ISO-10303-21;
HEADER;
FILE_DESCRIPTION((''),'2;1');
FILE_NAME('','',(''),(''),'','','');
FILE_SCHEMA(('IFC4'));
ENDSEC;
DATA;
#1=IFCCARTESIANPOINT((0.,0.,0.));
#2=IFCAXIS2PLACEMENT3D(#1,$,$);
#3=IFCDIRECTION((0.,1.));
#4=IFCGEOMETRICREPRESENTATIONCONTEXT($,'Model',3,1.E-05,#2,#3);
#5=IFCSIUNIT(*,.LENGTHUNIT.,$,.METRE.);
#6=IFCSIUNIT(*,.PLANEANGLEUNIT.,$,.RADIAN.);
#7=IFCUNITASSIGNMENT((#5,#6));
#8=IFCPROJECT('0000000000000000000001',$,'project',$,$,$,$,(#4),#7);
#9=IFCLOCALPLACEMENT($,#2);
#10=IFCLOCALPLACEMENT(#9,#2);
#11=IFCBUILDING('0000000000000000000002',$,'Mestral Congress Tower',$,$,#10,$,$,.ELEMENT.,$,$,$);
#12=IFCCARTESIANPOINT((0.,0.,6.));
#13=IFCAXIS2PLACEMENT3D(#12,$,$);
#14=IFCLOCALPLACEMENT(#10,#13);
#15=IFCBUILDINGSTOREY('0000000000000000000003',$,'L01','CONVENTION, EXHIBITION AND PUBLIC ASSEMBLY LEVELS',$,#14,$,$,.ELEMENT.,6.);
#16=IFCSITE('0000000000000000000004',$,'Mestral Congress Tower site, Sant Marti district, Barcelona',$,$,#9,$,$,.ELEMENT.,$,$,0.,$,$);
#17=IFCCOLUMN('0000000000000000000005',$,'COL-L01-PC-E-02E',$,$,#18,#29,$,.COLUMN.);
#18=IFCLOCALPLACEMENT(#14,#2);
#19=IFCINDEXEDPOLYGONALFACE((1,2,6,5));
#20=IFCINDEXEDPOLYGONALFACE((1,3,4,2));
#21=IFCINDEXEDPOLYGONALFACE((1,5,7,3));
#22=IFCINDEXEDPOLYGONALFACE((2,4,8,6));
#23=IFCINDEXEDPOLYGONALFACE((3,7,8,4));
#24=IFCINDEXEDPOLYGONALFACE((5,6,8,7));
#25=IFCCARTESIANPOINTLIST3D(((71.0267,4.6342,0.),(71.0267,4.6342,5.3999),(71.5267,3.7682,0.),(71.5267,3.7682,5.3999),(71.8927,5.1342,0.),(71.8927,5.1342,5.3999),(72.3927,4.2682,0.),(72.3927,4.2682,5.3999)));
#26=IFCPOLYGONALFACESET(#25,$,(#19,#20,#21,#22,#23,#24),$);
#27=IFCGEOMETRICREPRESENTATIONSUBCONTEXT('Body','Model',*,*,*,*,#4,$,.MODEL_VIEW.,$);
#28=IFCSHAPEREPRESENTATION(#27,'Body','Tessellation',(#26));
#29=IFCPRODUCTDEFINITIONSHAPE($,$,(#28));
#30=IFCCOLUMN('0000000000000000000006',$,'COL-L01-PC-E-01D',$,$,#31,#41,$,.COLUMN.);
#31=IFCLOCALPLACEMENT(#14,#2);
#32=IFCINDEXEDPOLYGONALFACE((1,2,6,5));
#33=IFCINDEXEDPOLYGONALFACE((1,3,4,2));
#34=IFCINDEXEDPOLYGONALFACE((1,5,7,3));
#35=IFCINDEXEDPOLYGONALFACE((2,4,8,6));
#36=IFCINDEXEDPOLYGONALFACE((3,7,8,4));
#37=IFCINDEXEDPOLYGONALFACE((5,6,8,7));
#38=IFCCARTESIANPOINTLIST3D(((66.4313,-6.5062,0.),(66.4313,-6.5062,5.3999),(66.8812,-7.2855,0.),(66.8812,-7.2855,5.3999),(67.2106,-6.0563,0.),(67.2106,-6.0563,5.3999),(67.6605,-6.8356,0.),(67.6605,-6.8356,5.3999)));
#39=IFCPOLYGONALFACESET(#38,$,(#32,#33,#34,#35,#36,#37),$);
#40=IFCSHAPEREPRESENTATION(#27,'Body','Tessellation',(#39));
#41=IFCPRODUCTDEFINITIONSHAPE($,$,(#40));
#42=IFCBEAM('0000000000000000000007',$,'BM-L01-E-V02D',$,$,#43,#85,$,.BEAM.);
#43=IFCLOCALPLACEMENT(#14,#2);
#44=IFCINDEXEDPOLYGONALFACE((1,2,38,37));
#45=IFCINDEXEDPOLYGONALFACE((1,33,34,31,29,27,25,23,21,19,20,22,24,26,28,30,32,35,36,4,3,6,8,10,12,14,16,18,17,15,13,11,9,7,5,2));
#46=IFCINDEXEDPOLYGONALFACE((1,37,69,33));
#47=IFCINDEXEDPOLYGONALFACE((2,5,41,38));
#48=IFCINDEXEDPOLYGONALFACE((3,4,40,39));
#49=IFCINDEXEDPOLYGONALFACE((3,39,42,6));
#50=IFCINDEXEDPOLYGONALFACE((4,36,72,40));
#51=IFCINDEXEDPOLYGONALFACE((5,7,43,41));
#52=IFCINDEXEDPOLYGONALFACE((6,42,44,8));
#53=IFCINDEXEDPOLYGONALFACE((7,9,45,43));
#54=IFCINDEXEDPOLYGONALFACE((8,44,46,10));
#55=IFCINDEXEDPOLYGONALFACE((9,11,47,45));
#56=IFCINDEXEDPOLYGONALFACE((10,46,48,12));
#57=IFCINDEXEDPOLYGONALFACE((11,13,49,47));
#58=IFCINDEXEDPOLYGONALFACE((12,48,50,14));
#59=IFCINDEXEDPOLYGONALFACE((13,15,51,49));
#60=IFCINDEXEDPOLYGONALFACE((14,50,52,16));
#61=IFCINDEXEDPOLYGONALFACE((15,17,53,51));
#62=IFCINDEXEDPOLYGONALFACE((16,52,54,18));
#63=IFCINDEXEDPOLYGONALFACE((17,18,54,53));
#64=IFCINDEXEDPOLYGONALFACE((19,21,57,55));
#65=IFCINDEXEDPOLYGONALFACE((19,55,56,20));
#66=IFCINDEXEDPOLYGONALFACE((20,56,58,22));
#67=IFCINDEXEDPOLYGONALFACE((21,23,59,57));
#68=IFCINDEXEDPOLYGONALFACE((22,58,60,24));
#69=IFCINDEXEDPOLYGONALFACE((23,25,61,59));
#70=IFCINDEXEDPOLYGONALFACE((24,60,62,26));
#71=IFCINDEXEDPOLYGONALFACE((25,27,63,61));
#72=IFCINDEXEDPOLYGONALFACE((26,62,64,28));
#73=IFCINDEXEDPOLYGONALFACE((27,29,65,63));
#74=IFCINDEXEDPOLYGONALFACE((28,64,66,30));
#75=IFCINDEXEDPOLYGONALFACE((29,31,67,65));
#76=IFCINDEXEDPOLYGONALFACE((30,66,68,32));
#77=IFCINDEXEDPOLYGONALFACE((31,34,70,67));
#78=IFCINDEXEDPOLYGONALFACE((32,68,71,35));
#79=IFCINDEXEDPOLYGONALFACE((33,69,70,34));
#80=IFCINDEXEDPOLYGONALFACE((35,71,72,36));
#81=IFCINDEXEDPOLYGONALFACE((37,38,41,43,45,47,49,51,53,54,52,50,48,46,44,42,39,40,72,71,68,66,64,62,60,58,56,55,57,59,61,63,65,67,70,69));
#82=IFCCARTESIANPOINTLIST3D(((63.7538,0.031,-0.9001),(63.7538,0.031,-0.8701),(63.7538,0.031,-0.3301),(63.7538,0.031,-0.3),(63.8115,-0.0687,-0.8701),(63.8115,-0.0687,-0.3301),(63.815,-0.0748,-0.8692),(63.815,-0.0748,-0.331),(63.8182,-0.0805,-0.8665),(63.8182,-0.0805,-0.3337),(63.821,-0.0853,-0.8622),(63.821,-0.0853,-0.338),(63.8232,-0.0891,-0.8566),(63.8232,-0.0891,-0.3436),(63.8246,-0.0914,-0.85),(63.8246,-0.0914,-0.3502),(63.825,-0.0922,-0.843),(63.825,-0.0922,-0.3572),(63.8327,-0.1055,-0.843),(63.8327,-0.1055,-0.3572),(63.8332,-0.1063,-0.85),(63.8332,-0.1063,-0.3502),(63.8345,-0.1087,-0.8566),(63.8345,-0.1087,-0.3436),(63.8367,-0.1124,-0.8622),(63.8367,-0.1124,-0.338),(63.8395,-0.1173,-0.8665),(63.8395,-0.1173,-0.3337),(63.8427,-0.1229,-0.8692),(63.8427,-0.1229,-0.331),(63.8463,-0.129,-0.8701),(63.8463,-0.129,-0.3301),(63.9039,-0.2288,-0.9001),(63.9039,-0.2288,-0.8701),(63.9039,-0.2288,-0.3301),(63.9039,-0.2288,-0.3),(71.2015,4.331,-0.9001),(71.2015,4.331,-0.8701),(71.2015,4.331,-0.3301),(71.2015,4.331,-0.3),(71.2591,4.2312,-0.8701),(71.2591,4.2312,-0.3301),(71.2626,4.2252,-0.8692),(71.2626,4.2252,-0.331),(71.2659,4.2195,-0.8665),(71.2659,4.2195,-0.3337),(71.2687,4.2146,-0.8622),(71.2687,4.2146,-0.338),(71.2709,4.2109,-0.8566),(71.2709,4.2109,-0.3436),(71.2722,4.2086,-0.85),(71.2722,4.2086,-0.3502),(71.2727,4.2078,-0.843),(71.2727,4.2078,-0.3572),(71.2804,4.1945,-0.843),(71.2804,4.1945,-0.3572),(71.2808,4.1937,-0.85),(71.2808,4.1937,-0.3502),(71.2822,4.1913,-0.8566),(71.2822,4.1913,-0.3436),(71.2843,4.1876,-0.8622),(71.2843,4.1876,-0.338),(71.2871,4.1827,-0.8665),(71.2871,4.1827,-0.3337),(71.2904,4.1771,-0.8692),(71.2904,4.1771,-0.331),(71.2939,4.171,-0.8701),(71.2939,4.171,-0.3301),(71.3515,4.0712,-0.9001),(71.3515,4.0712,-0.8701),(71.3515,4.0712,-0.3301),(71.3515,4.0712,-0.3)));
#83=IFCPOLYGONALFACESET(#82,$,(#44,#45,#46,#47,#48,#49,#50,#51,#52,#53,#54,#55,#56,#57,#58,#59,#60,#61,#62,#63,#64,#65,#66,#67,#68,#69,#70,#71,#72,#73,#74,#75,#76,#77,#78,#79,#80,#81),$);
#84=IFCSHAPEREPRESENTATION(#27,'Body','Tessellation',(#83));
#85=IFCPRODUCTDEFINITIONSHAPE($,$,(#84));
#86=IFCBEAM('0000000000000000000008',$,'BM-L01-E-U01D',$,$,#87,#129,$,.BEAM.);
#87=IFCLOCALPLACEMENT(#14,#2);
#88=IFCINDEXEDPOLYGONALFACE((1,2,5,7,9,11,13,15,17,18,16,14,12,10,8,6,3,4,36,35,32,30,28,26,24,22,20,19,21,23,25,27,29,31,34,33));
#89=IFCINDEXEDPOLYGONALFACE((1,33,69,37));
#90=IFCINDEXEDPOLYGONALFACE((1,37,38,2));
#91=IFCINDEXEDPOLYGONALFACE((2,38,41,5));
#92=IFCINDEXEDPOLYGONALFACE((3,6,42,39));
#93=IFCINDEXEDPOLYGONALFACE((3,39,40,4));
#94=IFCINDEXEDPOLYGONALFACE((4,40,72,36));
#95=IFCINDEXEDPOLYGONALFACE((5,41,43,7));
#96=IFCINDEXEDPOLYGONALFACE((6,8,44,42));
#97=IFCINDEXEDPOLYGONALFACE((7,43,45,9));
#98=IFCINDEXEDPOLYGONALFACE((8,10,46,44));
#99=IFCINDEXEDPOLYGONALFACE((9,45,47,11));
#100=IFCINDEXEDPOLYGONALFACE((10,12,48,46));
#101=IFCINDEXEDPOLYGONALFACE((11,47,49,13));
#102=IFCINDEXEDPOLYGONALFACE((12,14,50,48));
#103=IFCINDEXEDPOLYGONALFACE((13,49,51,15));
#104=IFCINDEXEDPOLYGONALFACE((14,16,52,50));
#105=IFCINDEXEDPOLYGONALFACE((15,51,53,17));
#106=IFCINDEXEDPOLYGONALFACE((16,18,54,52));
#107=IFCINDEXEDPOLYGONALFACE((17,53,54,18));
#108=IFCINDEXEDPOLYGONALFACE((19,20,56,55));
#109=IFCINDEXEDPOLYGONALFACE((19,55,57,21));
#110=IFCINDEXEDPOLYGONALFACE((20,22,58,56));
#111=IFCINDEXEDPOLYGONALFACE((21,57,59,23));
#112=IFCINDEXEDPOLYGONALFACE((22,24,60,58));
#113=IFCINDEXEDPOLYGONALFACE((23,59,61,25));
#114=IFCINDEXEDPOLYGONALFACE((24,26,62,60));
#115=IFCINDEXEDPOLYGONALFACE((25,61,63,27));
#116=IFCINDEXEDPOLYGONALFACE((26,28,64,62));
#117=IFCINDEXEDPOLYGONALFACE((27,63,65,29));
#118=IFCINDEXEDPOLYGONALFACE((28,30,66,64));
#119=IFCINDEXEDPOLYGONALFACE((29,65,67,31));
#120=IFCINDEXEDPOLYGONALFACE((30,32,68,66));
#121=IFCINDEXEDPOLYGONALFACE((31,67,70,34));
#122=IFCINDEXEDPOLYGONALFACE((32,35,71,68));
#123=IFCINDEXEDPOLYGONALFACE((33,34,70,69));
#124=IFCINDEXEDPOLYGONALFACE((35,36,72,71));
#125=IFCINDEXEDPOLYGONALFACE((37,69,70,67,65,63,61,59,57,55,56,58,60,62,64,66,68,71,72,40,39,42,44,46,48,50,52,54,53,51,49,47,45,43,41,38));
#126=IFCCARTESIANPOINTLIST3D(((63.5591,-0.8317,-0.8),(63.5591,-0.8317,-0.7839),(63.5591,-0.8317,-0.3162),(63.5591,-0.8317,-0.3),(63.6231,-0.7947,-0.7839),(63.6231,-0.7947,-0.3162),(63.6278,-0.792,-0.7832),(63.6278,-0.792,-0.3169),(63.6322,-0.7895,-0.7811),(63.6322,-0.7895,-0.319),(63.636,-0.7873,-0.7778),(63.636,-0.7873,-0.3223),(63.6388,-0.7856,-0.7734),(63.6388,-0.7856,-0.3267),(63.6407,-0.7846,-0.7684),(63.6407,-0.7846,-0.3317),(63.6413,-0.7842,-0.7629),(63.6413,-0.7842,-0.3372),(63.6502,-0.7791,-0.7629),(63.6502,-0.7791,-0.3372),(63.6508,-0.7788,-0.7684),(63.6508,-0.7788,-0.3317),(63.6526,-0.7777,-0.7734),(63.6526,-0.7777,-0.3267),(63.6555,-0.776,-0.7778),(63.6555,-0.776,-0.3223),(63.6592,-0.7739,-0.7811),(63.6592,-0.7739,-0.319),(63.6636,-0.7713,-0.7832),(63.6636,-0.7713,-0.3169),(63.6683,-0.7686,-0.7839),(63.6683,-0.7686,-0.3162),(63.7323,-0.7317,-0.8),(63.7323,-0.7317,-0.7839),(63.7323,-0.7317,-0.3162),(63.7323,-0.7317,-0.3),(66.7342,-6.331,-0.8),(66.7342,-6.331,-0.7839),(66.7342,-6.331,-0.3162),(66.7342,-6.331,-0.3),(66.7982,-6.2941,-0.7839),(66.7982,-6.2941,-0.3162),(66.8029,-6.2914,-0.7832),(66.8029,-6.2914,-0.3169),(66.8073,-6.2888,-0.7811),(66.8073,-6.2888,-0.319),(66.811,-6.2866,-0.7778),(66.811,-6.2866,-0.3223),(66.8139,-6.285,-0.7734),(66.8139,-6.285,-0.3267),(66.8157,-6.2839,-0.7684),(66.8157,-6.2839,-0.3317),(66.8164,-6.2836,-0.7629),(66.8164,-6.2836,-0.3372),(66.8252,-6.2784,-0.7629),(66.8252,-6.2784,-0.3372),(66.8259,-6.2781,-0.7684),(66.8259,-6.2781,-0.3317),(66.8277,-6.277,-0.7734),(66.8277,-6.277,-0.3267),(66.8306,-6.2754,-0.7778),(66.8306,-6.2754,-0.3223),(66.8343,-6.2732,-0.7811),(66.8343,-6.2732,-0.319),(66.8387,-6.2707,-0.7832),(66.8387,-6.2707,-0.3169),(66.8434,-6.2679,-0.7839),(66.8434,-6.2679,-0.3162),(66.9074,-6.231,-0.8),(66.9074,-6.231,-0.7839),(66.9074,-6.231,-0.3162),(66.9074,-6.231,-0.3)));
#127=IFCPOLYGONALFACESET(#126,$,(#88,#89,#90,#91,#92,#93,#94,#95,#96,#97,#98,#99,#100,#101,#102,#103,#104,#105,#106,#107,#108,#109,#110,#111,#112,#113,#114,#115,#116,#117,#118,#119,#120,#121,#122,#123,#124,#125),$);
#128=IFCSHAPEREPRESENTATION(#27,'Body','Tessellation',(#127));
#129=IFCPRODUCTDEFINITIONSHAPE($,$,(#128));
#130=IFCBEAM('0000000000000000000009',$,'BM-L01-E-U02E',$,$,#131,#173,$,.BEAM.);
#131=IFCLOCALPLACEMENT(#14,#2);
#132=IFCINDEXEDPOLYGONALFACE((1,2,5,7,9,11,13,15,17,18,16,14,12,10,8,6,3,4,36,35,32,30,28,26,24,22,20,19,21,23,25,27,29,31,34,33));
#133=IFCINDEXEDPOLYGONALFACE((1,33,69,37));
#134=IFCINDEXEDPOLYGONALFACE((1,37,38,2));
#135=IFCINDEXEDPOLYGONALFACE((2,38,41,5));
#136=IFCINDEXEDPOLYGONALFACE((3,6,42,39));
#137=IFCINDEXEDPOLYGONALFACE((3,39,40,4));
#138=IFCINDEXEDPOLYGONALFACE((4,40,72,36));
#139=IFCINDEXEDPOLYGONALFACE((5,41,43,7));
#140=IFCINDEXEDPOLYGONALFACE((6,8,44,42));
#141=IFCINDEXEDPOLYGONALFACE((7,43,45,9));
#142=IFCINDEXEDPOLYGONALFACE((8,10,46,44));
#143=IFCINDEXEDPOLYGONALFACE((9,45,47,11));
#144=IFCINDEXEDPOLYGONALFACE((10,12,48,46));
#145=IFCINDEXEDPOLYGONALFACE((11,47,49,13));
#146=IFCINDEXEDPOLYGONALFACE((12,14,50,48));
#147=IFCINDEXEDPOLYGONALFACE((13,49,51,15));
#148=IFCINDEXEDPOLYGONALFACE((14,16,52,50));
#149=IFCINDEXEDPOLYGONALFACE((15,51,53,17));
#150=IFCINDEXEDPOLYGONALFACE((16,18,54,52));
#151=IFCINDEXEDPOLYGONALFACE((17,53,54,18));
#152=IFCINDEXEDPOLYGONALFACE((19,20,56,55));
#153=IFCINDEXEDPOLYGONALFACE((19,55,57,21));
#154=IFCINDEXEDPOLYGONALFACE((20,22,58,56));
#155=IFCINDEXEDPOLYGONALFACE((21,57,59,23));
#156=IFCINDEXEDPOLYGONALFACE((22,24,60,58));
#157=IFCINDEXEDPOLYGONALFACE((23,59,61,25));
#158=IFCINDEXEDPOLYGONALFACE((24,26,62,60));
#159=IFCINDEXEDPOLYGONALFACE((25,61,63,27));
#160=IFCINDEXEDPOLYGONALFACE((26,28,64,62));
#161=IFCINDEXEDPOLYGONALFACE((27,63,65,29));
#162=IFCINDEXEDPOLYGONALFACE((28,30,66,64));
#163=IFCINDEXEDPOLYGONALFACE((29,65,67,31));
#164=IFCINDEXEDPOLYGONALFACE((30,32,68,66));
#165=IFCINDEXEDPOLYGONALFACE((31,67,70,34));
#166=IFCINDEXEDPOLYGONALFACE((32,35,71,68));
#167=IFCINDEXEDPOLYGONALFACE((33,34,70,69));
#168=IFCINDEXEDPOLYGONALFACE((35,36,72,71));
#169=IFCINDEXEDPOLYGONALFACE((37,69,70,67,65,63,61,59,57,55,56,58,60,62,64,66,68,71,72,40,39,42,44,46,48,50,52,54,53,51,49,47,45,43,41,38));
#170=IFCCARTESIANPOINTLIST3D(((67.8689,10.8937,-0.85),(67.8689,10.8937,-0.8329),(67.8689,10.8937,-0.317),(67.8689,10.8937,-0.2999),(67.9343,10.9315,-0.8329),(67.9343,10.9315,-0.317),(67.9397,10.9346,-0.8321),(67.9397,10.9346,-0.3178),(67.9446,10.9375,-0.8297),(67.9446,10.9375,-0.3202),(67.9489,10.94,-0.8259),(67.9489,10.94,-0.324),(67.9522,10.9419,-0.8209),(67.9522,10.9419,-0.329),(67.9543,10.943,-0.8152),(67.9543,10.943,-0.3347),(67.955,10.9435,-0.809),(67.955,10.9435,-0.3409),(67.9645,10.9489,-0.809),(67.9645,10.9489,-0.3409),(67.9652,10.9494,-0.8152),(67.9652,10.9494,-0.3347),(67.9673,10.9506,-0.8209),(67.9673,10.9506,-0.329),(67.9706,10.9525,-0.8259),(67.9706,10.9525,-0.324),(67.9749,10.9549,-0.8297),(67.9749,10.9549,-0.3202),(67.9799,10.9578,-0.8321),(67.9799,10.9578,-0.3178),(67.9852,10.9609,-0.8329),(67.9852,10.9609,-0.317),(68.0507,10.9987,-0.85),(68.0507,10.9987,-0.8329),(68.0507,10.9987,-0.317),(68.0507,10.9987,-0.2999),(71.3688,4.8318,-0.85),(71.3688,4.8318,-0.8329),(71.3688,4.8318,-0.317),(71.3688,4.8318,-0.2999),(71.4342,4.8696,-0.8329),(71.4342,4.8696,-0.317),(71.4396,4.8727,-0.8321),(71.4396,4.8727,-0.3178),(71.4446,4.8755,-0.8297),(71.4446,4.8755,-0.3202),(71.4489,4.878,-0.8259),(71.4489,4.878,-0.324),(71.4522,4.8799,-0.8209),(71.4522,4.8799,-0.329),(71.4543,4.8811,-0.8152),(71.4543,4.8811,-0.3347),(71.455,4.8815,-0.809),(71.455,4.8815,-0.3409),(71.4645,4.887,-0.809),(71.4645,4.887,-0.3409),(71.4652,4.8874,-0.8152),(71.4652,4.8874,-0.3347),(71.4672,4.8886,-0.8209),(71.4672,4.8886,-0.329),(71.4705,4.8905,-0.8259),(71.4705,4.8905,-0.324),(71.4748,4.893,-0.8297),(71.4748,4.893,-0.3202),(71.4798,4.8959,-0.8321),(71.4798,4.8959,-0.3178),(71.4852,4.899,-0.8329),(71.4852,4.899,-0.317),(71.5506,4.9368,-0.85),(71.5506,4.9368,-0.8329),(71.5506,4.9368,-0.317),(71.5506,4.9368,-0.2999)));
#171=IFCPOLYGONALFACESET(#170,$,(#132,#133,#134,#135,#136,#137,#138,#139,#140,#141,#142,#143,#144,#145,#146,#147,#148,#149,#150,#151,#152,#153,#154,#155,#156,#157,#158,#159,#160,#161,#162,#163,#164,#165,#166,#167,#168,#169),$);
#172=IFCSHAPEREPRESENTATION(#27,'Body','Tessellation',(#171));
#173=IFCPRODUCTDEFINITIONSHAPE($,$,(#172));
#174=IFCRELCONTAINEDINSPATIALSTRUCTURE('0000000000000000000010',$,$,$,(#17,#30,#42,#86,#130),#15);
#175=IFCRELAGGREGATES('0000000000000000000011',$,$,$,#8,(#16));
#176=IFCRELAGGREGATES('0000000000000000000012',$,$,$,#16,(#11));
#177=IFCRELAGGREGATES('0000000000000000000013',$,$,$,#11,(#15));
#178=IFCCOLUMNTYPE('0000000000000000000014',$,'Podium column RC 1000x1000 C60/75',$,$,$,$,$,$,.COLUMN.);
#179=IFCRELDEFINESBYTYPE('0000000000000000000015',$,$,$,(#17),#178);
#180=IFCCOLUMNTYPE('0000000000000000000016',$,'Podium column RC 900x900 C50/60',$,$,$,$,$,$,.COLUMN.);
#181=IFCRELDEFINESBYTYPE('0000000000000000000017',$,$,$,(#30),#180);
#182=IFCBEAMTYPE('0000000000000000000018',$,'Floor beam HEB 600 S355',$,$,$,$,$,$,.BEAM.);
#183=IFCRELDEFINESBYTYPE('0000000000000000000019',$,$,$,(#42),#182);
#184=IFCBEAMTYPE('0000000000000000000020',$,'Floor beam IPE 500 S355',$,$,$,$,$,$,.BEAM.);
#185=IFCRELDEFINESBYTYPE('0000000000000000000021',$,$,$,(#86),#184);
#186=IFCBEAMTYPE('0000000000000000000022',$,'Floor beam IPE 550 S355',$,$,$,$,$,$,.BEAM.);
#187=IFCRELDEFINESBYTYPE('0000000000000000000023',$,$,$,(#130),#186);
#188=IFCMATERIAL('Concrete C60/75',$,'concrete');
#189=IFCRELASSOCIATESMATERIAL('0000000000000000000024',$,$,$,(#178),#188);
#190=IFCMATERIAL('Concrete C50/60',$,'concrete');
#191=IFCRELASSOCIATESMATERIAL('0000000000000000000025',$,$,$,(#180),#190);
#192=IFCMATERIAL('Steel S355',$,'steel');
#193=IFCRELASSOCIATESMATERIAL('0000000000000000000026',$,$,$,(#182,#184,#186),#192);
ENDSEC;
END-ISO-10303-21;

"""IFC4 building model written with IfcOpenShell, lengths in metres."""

from ifc_helpers import new_model, si_unit, direction, frame, origin, origin_2d, place, context, subcontext, project, spatial, rectangle, i_section, extrude, material, material_profile, profile_set, type_object, element, save


model = new_model("IFC4")

# Units and contexts
model_context = context("Model", 3, precision=1e-05, world=origin(), true_north=direction((0.0, 1.0)))
body_context = subcontext(model_context, "Body", "Model", "MODEL_VIEW")
ifc_project = project(units=[si_unit("LENGTHUNIT", "METRE"), si_unit("PLANEANGLEUNIT", "RADIAN")], contexts=[model_context])

# Site, building, storey
site_placement = place(None, origin())
site = spatial("IfcSite", under=ifc_project, at=site_placement, Name="Mestral Congress Tower site, Sant Marti district, Barcelona", CompositionType="ELEMENT", RefElevation=0.0)
building_placement = place(site_placement, origin())
building = spatial("IfcBuilding", under=site, at=building_placement, Name="Mestral Congress Tower", CompositionType="ELEMENT")
storey_placement = place(building_placement, frame((0.0, 0.0, 6.0)))
storey = spatial("IfcBuildingStorey", under=building, at=storey_placement, Name="L01", Description="CONVENTION, EXHIBITION AND PUBLIC ASSEMBLY LEVELS", CompositionType="ELEMENT", Elevation=6.0)

# Columns
ifc_material_1 = material(Name="Concrete C60/75", Category="concrete")
ifc_material_profile_1 = material_profile(ifc_material_1, rectangle(XDim=1.0, YDim=1.0, at=origin_2d()), Name="RC 1000x1000")
ifc_profile_set_1 = profile_set([ifc_material_profile_1], Name="Concrete C60/75")
column_type_1 = type_object("IfcColumnType", Name="Podium column RC 1000x1000 C60/75", PredefinedType="COLUMN", material=ifc_profile_set_1)
column_1_placement = place(storey_placement, frame((71.7097, 4.4512, 0.0), z_axis=(0.0, 0.0, 1.0), x_axis=(-0.5, 0.866025, 0.0)))
element("IfcColumn", 1, at=column_1_placement, inside=storey, type_object=column_type_1, Name="COL-L01-PC-E-02E", PredefinedType="COLUMN", context=body_context, shape_type="SweptSolid", body=[
    extrude(rectangle(XDim=1.0, YDim=1.0, at=origin_2d()), origin(), (0.0, 0.0, 1.0), 5.3999),
])
ifc_material_2 = material(Name="Concrete C50/60", Category="concrete")
ifc_material_profile_2 = material_profile(ifc_material_2, rectangle(XDim=0.8999, YDim=0.8999, at=origin_2d()), Name="RC 900x900")
ifc_profile_set_2 = profile_set([ifc_material_profile_2], Name="Concrete C50/60")
column_type_2 = type_object("IfcColumnType", Name="Podium column RC 900x900 C50/60", PredefinedType="COLUMN", material=ifc_profile_set_2)
column_2_placement = place(storey_placement, frame((67.0459, -6.6709, 0.0), z_axis=(0.0, 0.0, 1.0), x_axis=(-0.5, 0.866025, 0.0)))
element("IfcColumn", 2, at=column_2_placement, inside=storey, type_object=column_type_2, Name="COL-L01-PC-E-01D", PredefinedType="COLUMN", context=body_context, shape_type="SweptSolid", body=[
    extrude(rectangle(XDim=0.8999, YDim=0.8999, at=origin_2d()), origin(), (0.0, 0.0, 1.0), 5.3999),
])

# Beams
ifc_material_3 = material(Name="Steel S355", Category="steel")
ifc_material_profile_3 = material_profile(ifc_material_3, i_section(OverallWidth=0.3, OverallDepth=0.6001, WebThickness=0.0154, FlangeThickness=0.03, FilletRadius=0.0271, at=origin_2d()), Name="HEB 600")
ifc_profile_set_3 = profile_set([ifc_material_profile_3], Name="Steel S355")
beam_type_1 = type_object("IfcBeamType", Name="Floor beam HEB 600 S355", PredefinedType="BEAM", material=ifc_profile_set_3)
beam_1_placement = place(storey_placement, frame((63.8289, -0.0989, -0.6001), z_axis=(0.866021, 0.500008, 0.0), x_axis=(-0.500008, 0.866021, 0.0)))
element("IfcBeam", 3, at=beam_1_placement, inside=storey, type_object=beam_type_1, Name="BM-L01-E-V02D", PredefinedType="BEAM", context=body_context, shape_type="SweptSolid", body=[
    extrude(i_section(OverallWidth=0.3, OverallDepth=0.6001, WebThickness=0.0154, FlangeThickness=0.03, FilletRadius=0.0271, at=origin_2d()), origin(), (0.0, 0.0, 1.0), 8.5999),
])
ifc_material_profile_4 = material_profile(ifc_material_3, i_section(OverallWidth=0.2, OverallDepth=0.5, WebThickness=0.0103, FlangeThickness=0.0161, FilletRadius=0.021, at=origin_2d()), Name="IPE 500")
ifc_profile_set_4 = profile_set([ifc_material_profile_4], Name="Steel S355")
beam_type_2 = type_object("IfcBeamType", Name="Floor beam IPE 500 S355", PredefinedType="BEAM", material=ifc_profile_set_4)
beam_2_placement = place(storey_placement, frame((66.8208, -6.281, -0.55), z_axis=(-0.500005, 0.866022, 0.0), x_axis=(-0.866022, -0.500005, 0.0)))
element("IfcBeam", 4, at=beam_2_placement, inside=storey, type_object=beam_type_2, Name="BM-L01-E-U01D", PredefinedType="BEAM", context=body_context, shape_type="SweptSolid", body=[
    extrude(i_section(OverallWidth=0.2, OverallDepth=0.5, WebThickness=0.0103, FlangeThickness=0.0161, FilletRadius=0.021, at=origin_2d()), origin(), (0.0, 0.0, 1.0), 6.3501),
])
ifc_material_profile_5 = material_profile(ifc_material_3, i_section(OverallWidth=0.21, OverallDepth=0.55, WebThickness=0.011, FlangeThickness=0.0171, FilletRadius=0.0239, at=origin_2d()), Name="IPE 550")
ifc_profile_set_5 = profile_set([ifc_material_profile_5], Name="Steel S355")
beam_type_3 = type_object("IfcBeamType", Name="Floor beam IPE 550 S355", PredefinedType="BEAM", material=ifc_profile_set_5)
for number, where, z_axis, x_axis, name in (
    (5, (71.4597, 4.8843, -0.575), (-0.50001, 0.866019, 0.0), (-0.866019, -0.50001, 0.0), "BM-L01-E-U02E"),
):
    element("IfcBeam", number, at=place(storey_placement, frame(where, z_axis=z_axis, x_axis=x_axis)), inside=storey, type_object=beam_type_3, Name=name, PredefinedType="BEAM", context=body_context, shape_type="SweptSolid", body=[
        extrude(i_section(OverallWidth=0.21, OverallDepth=0.55, WebThickness=0.011, FlangeThickness=0.0171, FilletRadius=0.0239, at=origin_2d()), origin(), (0.0, 0.0, 1.0), 6.9998),
    ])

save(model, "model.ifc")
